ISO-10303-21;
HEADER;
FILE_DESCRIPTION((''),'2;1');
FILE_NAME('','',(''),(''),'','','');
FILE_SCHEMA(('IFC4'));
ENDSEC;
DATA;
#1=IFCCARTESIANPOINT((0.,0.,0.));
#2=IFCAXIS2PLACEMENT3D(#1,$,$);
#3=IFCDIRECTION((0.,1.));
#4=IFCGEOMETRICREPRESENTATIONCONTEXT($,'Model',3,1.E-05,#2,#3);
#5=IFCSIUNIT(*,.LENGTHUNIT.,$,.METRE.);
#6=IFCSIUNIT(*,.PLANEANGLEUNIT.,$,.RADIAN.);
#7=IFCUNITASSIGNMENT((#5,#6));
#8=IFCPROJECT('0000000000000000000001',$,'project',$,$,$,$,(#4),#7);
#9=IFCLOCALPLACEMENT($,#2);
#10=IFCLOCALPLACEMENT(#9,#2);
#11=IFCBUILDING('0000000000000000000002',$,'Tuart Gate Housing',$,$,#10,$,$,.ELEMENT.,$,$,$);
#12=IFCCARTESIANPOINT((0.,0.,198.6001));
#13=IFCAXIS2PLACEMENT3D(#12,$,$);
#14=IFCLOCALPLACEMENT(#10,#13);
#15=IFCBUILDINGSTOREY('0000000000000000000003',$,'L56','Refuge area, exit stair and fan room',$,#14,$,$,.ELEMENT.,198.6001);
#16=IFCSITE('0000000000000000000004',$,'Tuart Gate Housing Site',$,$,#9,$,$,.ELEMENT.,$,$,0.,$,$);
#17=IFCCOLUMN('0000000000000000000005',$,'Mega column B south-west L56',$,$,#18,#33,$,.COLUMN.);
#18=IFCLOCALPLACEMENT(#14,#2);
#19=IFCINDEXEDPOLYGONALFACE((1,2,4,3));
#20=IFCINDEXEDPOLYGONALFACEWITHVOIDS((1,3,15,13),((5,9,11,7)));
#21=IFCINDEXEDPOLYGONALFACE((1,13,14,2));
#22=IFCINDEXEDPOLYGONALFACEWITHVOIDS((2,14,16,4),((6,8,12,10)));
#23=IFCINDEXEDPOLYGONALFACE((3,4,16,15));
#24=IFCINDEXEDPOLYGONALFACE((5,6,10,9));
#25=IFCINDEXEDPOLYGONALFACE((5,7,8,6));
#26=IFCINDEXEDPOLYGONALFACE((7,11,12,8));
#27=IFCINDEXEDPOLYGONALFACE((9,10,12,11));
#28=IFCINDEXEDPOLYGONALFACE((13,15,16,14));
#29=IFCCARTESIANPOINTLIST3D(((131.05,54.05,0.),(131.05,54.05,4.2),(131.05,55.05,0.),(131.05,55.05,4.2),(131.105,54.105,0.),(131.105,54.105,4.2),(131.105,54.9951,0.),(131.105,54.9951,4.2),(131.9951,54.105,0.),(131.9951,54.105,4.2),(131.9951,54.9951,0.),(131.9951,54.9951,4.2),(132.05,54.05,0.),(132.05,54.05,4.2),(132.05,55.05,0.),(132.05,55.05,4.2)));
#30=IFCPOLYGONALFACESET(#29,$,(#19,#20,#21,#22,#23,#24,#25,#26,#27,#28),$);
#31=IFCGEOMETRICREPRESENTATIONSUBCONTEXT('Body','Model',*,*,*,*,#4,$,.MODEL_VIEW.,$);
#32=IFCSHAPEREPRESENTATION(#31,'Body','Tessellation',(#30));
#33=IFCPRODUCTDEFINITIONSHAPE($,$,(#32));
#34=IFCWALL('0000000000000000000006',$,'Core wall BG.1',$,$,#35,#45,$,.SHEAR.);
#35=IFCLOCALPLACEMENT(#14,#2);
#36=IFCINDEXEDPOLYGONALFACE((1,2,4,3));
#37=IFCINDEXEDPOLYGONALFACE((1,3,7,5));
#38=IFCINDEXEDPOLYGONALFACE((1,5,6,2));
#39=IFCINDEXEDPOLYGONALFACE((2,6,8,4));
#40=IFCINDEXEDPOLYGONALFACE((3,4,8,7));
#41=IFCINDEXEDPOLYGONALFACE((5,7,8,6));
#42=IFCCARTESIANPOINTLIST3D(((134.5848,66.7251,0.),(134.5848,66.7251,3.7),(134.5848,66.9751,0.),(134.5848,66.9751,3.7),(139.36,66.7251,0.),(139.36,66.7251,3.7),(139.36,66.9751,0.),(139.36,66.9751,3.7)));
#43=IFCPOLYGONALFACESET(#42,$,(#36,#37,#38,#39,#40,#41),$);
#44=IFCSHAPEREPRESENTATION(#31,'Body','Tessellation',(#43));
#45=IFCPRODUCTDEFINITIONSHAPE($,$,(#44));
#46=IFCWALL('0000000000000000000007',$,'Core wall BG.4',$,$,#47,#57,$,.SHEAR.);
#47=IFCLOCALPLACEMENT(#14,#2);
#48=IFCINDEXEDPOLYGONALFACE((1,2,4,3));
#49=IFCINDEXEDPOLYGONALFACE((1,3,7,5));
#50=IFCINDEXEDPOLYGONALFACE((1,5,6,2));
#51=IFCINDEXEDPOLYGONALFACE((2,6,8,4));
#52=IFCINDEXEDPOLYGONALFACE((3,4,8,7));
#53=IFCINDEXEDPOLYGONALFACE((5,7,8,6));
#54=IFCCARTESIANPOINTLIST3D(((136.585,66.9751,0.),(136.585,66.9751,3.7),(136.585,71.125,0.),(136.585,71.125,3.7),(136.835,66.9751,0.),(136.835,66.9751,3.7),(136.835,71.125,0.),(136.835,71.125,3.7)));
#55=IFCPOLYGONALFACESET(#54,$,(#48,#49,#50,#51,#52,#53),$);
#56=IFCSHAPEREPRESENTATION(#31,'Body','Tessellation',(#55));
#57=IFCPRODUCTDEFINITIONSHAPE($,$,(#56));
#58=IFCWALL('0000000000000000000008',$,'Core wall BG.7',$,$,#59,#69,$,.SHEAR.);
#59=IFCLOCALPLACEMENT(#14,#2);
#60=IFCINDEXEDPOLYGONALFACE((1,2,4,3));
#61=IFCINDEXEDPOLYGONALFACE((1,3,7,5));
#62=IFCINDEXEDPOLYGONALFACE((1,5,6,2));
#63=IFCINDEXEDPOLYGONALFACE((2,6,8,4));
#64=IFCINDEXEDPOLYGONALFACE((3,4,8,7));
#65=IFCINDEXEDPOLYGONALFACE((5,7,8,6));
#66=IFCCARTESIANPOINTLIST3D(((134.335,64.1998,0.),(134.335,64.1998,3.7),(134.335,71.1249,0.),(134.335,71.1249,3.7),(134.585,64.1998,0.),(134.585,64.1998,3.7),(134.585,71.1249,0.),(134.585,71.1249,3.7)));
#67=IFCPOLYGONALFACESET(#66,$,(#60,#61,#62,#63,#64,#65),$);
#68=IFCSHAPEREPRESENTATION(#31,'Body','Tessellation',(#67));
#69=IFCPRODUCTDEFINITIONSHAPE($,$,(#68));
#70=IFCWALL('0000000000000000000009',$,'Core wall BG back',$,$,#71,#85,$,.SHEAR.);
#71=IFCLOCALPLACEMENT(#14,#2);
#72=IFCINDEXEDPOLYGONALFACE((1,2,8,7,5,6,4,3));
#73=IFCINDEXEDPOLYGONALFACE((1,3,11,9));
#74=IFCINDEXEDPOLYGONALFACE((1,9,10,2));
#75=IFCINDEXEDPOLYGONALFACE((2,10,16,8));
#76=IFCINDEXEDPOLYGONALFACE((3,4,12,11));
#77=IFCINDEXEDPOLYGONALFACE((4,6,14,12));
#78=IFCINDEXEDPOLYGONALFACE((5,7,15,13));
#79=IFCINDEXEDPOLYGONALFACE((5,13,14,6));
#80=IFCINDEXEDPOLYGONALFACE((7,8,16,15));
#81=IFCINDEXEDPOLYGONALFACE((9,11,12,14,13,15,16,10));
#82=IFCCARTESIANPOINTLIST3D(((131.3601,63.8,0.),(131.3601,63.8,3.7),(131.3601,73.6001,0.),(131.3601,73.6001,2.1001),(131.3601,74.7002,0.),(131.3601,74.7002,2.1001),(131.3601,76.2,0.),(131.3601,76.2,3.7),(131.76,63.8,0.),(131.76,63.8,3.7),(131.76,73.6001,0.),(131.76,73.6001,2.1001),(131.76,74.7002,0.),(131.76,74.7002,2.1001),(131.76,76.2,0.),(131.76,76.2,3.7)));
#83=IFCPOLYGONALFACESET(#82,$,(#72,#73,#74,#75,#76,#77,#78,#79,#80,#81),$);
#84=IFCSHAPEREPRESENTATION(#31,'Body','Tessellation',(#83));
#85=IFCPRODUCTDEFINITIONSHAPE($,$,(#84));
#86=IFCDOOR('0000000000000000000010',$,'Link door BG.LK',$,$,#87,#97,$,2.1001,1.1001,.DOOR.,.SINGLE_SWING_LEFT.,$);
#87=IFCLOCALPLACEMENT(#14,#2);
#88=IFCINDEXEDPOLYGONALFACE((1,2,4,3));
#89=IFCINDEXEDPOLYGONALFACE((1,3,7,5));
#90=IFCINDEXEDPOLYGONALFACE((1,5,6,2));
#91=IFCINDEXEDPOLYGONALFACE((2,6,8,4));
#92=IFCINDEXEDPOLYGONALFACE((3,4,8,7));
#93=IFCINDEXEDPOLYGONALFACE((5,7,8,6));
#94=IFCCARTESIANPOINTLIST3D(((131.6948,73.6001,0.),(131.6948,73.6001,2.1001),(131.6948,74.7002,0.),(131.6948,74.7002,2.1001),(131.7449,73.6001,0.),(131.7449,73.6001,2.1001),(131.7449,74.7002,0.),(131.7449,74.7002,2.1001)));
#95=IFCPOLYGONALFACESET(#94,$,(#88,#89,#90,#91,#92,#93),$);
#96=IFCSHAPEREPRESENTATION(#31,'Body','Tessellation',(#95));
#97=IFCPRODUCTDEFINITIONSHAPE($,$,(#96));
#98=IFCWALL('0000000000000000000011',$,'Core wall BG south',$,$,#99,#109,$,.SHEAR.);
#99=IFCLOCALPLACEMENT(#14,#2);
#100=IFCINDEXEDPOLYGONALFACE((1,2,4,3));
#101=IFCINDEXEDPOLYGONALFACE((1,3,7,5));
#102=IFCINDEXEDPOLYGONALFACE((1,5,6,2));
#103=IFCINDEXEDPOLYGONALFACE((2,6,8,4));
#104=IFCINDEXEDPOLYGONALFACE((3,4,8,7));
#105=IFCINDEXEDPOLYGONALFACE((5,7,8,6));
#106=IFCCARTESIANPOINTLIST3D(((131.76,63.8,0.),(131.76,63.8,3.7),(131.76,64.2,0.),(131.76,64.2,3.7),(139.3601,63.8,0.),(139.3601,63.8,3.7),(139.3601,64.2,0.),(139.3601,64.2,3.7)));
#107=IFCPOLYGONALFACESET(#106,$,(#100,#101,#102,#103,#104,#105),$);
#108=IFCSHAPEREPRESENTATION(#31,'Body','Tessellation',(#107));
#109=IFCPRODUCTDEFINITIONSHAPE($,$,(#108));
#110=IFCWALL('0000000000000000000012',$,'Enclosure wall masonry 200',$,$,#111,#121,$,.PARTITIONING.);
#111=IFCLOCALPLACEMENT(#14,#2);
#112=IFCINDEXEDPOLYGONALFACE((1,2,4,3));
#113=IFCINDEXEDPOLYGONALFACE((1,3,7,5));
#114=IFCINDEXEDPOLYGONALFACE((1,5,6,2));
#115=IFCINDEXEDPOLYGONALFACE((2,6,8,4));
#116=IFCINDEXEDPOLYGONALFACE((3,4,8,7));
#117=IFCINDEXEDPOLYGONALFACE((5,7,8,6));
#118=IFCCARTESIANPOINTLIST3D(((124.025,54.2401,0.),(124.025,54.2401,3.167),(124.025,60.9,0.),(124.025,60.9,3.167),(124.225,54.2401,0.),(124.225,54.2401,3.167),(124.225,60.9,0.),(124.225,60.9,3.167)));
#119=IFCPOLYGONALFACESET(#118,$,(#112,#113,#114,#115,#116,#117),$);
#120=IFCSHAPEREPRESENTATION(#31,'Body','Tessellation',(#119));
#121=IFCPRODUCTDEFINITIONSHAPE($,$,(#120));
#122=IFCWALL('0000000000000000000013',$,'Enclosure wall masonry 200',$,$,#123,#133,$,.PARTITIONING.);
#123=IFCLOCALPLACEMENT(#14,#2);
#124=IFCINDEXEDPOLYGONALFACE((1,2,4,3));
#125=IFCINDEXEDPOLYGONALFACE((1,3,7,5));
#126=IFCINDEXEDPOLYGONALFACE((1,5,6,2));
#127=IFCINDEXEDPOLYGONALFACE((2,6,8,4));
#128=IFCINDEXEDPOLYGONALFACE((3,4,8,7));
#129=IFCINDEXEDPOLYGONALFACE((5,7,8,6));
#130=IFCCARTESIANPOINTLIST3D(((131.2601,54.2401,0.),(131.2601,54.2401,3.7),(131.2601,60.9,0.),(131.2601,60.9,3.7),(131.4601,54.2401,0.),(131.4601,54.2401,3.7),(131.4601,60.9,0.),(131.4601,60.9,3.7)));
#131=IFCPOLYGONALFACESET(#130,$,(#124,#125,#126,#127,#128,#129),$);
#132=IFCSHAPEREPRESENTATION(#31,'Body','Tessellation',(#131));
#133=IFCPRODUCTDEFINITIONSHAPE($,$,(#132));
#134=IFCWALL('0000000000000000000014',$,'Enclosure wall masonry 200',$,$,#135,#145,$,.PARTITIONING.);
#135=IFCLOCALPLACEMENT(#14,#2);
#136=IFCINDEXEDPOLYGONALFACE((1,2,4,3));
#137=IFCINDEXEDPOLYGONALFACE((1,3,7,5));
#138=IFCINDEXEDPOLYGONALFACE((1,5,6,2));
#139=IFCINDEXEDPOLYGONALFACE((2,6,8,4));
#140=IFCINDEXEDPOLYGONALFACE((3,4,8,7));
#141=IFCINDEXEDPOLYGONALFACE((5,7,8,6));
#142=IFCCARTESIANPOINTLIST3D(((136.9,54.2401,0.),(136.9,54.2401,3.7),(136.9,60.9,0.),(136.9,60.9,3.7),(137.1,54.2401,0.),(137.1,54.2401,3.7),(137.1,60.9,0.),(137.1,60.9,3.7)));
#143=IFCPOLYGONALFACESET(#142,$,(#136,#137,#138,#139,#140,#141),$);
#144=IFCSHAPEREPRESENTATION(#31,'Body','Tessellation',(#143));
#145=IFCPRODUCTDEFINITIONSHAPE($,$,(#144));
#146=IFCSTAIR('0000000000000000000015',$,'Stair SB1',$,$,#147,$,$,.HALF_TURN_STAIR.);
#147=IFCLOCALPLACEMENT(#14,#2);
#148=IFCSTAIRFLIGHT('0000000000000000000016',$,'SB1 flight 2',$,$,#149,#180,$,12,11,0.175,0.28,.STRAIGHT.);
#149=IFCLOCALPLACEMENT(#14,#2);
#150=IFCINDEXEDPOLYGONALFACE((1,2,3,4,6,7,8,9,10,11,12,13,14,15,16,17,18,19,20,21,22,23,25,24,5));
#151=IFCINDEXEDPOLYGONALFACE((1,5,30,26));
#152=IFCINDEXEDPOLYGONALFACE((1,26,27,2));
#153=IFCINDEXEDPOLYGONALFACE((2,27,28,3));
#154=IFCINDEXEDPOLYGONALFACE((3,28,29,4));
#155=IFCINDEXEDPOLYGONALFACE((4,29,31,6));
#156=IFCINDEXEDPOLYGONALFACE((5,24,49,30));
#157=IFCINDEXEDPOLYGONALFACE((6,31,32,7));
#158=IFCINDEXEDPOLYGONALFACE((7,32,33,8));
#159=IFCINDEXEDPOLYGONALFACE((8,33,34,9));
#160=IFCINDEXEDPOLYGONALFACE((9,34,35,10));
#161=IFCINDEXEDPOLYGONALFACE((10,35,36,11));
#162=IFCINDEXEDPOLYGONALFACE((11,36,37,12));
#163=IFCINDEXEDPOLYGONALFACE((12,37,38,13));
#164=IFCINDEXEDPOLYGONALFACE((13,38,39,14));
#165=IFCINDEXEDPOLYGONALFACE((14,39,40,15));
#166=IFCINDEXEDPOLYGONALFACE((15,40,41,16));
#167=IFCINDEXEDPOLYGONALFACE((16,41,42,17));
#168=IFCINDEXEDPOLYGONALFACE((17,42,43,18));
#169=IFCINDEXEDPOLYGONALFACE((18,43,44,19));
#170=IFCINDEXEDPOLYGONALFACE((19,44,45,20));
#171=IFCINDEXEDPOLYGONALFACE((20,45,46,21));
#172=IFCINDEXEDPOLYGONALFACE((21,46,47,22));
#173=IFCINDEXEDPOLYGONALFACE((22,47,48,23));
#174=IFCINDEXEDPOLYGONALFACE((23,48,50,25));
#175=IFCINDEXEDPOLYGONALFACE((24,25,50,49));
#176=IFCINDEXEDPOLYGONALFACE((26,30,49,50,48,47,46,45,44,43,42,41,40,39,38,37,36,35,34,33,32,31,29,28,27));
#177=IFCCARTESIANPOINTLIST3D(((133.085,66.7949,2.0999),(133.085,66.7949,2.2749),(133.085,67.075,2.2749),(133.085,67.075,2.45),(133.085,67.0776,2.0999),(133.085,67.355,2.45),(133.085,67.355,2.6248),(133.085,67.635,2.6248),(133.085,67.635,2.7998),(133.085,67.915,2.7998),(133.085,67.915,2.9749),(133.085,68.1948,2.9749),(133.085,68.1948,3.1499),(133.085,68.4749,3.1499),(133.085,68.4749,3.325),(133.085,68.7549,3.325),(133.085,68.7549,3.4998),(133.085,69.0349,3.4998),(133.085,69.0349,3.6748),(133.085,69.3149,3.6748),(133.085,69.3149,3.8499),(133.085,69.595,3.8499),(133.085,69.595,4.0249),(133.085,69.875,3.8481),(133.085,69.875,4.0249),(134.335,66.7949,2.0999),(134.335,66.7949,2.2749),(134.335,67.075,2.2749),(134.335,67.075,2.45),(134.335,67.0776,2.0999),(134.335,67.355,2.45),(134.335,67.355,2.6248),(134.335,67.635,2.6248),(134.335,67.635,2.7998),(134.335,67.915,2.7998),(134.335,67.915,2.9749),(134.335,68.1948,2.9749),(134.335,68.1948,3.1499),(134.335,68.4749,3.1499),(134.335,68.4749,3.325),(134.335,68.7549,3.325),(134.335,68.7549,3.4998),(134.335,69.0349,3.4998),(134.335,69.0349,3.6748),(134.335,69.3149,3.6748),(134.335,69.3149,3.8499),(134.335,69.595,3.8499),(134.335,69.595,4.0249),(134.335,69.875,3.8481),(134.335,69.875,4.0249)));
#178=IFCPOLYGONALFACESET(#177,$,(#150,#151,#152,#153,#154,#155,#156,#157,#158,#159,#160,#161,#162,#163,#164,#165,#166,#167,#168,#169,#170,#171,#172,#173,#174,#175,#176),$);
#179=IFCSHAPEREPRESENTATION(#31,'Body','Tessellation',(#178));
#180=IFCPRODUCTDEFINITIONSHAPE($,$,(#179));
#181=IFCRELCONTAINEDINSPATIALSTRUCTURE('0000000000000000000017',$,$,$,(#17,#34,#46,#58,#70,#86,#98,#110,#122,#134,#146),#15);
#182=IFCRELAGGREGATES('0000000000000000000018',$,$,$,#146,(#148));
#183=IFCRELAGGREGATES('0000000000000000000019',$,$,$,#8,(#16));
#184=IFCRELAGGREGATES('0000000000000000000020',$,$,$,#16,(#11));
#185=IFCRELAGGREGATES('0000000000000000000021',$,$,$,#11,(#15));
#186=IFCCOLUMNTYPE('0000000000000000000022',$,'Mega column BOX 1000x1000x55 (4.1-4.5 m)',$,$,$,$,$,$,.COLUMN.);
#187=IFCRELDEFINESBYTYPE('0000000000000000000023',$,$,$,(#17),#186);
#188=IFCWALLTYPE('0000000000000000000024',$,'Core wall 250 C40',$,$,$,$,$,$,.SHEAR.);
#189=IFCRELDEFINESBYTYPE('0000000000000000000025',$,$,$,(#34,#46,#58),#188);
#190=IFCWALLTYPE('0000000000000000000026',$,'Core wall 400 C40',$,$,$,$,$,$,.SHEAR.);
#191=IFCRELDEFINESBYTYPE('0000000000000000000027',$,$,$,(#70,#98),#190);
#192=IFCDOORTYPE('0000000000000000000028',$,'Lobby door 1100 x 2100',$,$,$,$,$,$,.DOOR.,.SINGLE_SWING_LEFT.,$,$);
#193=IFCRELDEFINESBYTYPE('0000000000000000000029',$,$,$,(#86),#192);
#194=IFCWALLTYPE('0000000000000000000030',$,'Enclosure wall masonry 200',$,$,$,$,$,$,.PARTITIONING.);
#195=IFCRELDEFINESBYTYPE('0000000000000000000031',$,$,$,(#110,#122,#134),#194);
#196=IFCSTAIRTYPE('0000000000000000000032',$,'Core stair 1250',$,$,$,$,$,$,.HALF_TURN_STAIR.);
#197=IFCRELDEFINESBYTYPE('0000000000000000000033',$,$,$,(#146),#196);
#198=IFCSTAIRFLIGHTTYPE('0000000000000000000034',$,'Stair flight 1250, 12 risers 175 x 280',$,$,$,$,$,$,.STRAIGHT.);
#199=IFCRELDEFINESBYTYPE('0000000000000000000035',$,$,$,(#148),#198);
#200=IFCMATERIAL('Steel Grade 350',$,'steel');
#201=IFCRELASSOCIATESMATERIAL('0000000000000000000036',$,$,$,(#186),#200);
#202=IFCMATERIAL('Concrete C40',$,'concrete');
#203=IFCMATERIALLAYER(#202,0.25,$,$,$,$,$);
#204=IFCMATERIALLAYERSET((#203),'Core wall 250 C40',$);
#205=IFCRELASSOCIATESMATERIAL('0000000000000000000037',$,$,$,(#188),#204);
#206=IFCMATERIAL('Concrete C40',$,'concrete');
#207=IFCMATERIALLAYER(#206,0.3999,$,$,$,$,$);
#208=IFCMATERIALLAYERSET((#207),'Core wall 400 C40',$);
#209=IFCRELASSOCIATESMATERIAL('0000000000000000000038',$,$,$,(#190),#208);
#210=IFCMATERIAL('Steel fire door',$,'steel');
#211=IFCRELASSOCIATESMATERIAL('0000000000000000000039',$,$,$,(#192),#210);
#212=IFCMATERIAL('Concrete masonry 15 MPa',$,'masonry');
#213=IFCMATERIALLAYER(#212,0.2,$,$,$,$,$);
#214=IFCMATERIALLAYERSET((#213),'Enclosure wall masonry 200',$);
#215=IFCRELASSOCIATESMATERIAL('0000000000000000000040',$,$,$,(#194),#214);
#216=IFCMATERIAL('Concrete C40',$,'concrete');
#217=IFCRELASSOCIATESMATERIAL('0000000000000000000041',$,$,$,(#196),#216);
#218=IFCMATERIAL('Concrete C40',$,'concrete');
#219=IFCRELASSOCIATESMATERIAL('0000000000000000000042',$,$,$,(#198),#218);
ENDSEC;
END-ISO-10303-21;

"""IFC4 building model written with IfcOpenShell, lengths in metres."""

from ifc_helpers import new_model, si_unit, direction, frame, frame_2d, origin, origin_2d, place, context, subcontext, project, spatial, polyline, rectangle, hollow_rectangle, outline, extrude, material, layer, layer_set, material_profile, profile_set, type_object, element, fill, aggregate, save


model = new_model("IFC4")

# Units and contexts
model_context = context("Model", 3, precision=1e-05, world=origin(), true_north=direction((0.0, 1.0)))
body_context = subcontext(model_context, "Body", "Model", "MODEL_VIEW")
ifc_project = project(units=[si_unit("LENGTHUNIT", "METRE"), si_unit("PLANEANGLEUNIT", "RADIAN")], contexts=[model_context])

# Site, building, storey
site_placement = place(None, origin())
site = spatial("IfcSite", under=ifc_project, at=site_placement, Name="Tuart Gate Housing Site", CompositionType="ELEMENT", RefElevation=0.0)
building_placement = place(site_placement, origin())
building = spatial("IfcBuilding", under=site, at=building_placement, Name="Tuart Gate Housing", CompositionType="ELEMENT")
storey_placement = place(building_placement, frame((0.0, 0.0, 198.6001)))
storey = spatial("IfcBuildingStorey", under=building, at=storey_placement, Name="L56", Description="Refuge area, exit stair and fan room", CompositionType="ELEMENT", Elevation=198.6001)

# Column
ifc_material_1 = material(Name="Steel Grade 350", Category="steel")
ifc_material_profile = material_profile(ifc_material_1, hollow_rectangle(XDim=1.0, YDim=1.0, WallThickness=0.0549, at=origin_2d()), Name="BOX 1000x1000x55")
ifc_profile_set = profile_set([ifc_material_profile], Name="Steel Grade 350")
column_type = type_object("IfcColumnType", Name="Mega column BOX 1000x1000x55 (4.1-4.5 m)", PredefinedType="COLUMN", material=ifc_profile_set)
column_placement = place(storey_placement, frame((131.55, 54.55, 0.0), z_axis=(0.0, 0.0, 1.0), x_axis=(1.0, 0.0, 0.0)))
element("IfcColumn", 1, at=column_placement, inside=storey, type_object=column_type, Name="Mega column B south-west L56", PredefinedType="COLUMN", context=body_context, shape_type="SweptSolid", body=[
    extrude(hollow_rectangle(XDim=1.0, YDim=1.0, WallThickness=0.0549, at=origin_2d()), origin(), (0.0, 0.0, 1.0), 4.2),
])

# Walls
ifc_material_2 = material(Name="Concrete C40", Category="concrete")
ifc_layer_1 = layer(ifc_material_2, 0.25)
ifc_layer_set_1 = layer_set([ifc_layer_1], Name="Core wall 250 C40")
wall_type_1 = type_object("IfcWallType", Name="Core wall 250 C40", PredefinedType="SHEAR", material=ifc_layer_set_1)
wall_1_placement = place(storey_placement, frame((139.3601, 66.8501, 0.0), z_axis=(0.0, 0.0, 1.0), x_axis=(-1.0, 0.0, 0.0)))
element("IfcWall", 2, at=wall_1_placement, inside=storey, type_object=wall_type_1, Name="Core wall BG.1", PredefinedType="SHEAR", context=body_context, shape_type="SweptSolid", body=[
    extrude(rectangle(XDim=4.7751, YDim=0.25, at=frame_2d((2.3877, 0.0))), origin(), (0.0, 0.0, 1.0), 3.7),
])
wall_2_placement = place(storey_placement, frame((136.71, 66.9751, 0.0), z_axis=(0.0, 0.0, 1.0), x_axis=(0.0, 1.0, 0.0)))
element("IfcWall", 3, at=wall_2_placement, inside=storey, type_object=wall_type_1, Name="Core wall BG.4", PredefinedType="SHEAR", context=body_context, shape_type="SweptSolid", body=[
    extrude(rectangle(XDim=4.1499, YDim=0.25, at=frame_2d((2.075, 0.0))), origin(), (0.0, 0.0, 1.0), 3.7),
])
wall_3_placement = place(storey_placement, frame((134.46, 64.2, 0.0), z_axis=(0.0, 0.0, 1.0), x_axis=(0.0, 1.0, 0.0)))
element("IfcWall", 4, at=wall_3_placement, inside=storey, type_object=wall_type_1, Name="Core wall BG.7", PredefinedType="SHEAR", context=body_context, shape_type="SweptSolid", body=[
    extrude(rectangle(XDim=6.925, YDim=0.25, at=frame_2d((3.4624, 0.0))), origin(), (0.0, 0.0, 1.0), 3.7),
])

# Wall, opening, door
ifc_material_3 = material(Name="Concrete C40", Category="concrete")
ifc_layer_2 = layer(ifc_material_3, 0.3999)
ifc_layer_set_2 = layer_set([ifc_layer_2], Name="Core wall 400 C40")
wall_type_2 = type_object("IfcWallType", Name="Core wall 400 C40", PredefinedType="SHEAR", material=ifc_layer_set_2)
wall_4_placement = place(storey_placement, frame((131.5601, 63.8, 0.0), z_axis=(0.0, 0.0, 1.0), x_axis=(0.0, 1.0, 0.0)))
wall_4 = element("IfcWall", 5, at=wall_4_placement, inside=storey, type_object=wall_type_2, Name="Core wall BG back", PredefinedType="SHEAR", context=body_context, shape_type="SweptSolid", body=[
    extrude(rectangle(XDim=12.3999, YDim=0.3999, at=frame_2d((6.2, 0.0))), origin(), (0.0, 0.0, 1.0), 3.7),
])
opening_1_placement = place(wall_4_placement, frame((9.8, 0.0, 0.0)))
opening_1 = element("IfcOpeningElement", 6, at=opening_1_placement, cuts=wall_4, PredefinedType="OPENING", context=body_context, shape_type="SweptSolid", body=[
    extrude(rectangle(XDim=1.1001, YDim=2.1001, at=frame_2d((0.55, 1.05))), frame((0.0, 0.21, 0.0), z_axis=(0.0, -1.0, 0.0), x_axis=(1.0, 0.0, 0.0)), (0.0, 0.0, 1.0), 0.4199),
])
ifc_material_4 = material(Name="Steel fire door", Category="steel")
door_type = type_object("IfcDoorType", Name="Lobby door 1100 x 2100", OperationType="SINGLE_SWING_LEFT", PredefinedType="DOOR", material=ifc_material_4)
door_placement = place(opening_1_placement, frame((1.1001, 0.0, 0.0), z_axis=(0.0, 0.0, 1.0), x_axis=(-1.0, 0.0, 0.0)))
door = element("IfcDoor", 7, at=door_placement, inside=storey, type_object=door_type, Name="Link door BG.LK", OperationType="SINGLE_SWING_LEFT", OverallHeight=2.1001, OverallWidth=1.1001, PredefinedType="DOOR", context=body_context, shape_type="SweptSolid", body=[
    extrude(rectangle(XDim=1.1001, YDim=2.1001, at=frame_2d((0.55, 1.05))), frame((0.0, 0.1848, 0.0), z_axis=(0.0, -1.0, 0.0), x_axis=(1.0, 0.0, 0.0)), (0.0, 0.0, 1.0), 0.05),
])
fill(opening_1, door)

# Walls
wall_5_placement = place(storey_placement, frame((139.3601, 64.0, 0.0), z_axis=(0.0, 0.0, 1.0), x_axis=(-1.0, 0.0, 0.0)))
element("IfcWall", 8, at=wall_5_placement, inside=storey, type_object=wall_type_2, Name="Core wall BG south", PredefinedType="SHEAR", context=body_context, shape_type="SweptSolid", body=[
    extrude(rectangle(XDim=7.6001, YDim=0.3999, at=frame_2d((3.8, 0.0))), origin(), (0.0, 0.0, 1.0), 3.7),
])
ifc_material_5 = material(Name="Concrete masonry 15 MPa", Category="masonry")
ifc_layer_3 = layer(ifc_material_5, 0.2)
ifc_layer_set_3 = layer_set([ifc_layer_3], Name="Enclosure wall masonry 200")
wall_type_3 = type_object("IfcWallType", Name="Enclosure wall masonry 200", PredefinedType="PARTITIONING", material=ifc_layer_set_3)
wall_6_placement = place(storey_placement, frame((124.125, 54.24, 0.0), z_axis=(0.0, 0.0, 1.0), x_axis=(0.0, 1.0, 0.0)))
element("IfcWall", 9, at=wall_6_placement, inside=storey, type_object=wall_type_3, Name="Enclosure wall masonry 200", PredefinedType="PARTITIONING", context=body_context, shape_type="SweptSolid", body=[
    extrude(rectangle(XDim=6.6599, YDim=0.2, at=frame_2d((3.3301, 0.0))), origin(), (0.0, 0.0, 1.0), 3.167),
])
for number, where, z_axis, x_axis, name in (
    (10, (131.3601, 54.24, 0.0), (0.0, 0.0, 1.0), (0.0, 1.0, 0.0), "Enclosure wall masonry 200"),
    (11, (137.0, 54.24, 0.0), (0.0, 0.0, 1.0), (0.0, 1.0, 0.0), "Enclosure wall masonry 200"),
):
    element("IfcWall", number, at=place(storey_placement, frame(where, z_axis=z_axis, x_axis=x_axis)), inside=storey, type_object=wall_type_3, Name=name, PredefinedType="PARTITIONING", context=body_context, shape_type="SweptSolid", body=[
        extrude(rectangle(XDim=6.6599, YDim=0.2, at=frame_2d((3.3301, 0.0))), origin(), (0.0, 0.0, 1.0), 3.7),
    ])

# Stair, stair flight
ifc_material_6 = material(Name="Concrete C40", Category="concrete")
stair_type = type_object("IfcStairType", Name="Core stair 1250", PredefinedType="HALF_TURN_STAIR", material=ifc_material_6)
stair_placement = place(storey_placement, origin())
stair = element("IfcStair", 12, at=stair_placement, inside=storey, type_object=stair_type, Name="Stair SB1", PredefinedType="HALF_TURN_STAIR")
ifc_material_7 = material(Name="Concrete C40", Category="concrete")
stair_flight_type = type_object("IfcStairFlightType", Name="Stair flight 1250, 12 risers 175 x 280", PredefinedType="STRAIGHT", material=ifc_material_7)
stair_flight_placement = place(storey_placement, frame((133.71, 66.7949, 2.0999), z_axis=(0.0, 0.0, 1.0), x_axis=(0.0, 1.0, 0.0)))
stair_flight = element("IfcStairFlight", 13, at=stair_flight_placement, type_object=stair_flight_type, Name="SB1 flight 2", NumberOfRisers=12, NumberOfTreads=11, PredefinedType="STRAIGHT", RiserHeight=0.175, TreadLength=0.28, context=body_context, shape_type="SweptSolid", body=[
    extrude(outline(polyline([(0.0, 0.0), (0.0, 0.175), (0.28, 0.175), (0.28, 0.3501), (0.5601, 0.3501), (0.5601, 0.5249), (0.8401, 0.5249), (0.8401, 0.7), (1.1201, 0.7), (1.1201, 0.875), (1.3999, 0.875), (1.3999, 1.05), (1.6799, 1.05), (1.6799, 1.2251), (1.96, 1.2251), (1.96, 1.3999), (2.24, 1.3999), (2.24, 1.575), (2.52, 1.575), (2.52, 1.75), (2.8, 1.75), (2.8, 1.925), (3.0801, 1.925), (3.0801, 2.1001), (3.0801, 1.7483), (0.2827, 0.0), (0.0, 0.0)])), frame((0.0, 0.625, 0.0), z_axis=(0.0, -1.0, 0.0), x_axis=(1.0, 0.0, 0.0)), (0.0, 0.0, 1.0), 1.25),
])
aggregate(stair, [stair_flight])

save(model, "model.ifc")
